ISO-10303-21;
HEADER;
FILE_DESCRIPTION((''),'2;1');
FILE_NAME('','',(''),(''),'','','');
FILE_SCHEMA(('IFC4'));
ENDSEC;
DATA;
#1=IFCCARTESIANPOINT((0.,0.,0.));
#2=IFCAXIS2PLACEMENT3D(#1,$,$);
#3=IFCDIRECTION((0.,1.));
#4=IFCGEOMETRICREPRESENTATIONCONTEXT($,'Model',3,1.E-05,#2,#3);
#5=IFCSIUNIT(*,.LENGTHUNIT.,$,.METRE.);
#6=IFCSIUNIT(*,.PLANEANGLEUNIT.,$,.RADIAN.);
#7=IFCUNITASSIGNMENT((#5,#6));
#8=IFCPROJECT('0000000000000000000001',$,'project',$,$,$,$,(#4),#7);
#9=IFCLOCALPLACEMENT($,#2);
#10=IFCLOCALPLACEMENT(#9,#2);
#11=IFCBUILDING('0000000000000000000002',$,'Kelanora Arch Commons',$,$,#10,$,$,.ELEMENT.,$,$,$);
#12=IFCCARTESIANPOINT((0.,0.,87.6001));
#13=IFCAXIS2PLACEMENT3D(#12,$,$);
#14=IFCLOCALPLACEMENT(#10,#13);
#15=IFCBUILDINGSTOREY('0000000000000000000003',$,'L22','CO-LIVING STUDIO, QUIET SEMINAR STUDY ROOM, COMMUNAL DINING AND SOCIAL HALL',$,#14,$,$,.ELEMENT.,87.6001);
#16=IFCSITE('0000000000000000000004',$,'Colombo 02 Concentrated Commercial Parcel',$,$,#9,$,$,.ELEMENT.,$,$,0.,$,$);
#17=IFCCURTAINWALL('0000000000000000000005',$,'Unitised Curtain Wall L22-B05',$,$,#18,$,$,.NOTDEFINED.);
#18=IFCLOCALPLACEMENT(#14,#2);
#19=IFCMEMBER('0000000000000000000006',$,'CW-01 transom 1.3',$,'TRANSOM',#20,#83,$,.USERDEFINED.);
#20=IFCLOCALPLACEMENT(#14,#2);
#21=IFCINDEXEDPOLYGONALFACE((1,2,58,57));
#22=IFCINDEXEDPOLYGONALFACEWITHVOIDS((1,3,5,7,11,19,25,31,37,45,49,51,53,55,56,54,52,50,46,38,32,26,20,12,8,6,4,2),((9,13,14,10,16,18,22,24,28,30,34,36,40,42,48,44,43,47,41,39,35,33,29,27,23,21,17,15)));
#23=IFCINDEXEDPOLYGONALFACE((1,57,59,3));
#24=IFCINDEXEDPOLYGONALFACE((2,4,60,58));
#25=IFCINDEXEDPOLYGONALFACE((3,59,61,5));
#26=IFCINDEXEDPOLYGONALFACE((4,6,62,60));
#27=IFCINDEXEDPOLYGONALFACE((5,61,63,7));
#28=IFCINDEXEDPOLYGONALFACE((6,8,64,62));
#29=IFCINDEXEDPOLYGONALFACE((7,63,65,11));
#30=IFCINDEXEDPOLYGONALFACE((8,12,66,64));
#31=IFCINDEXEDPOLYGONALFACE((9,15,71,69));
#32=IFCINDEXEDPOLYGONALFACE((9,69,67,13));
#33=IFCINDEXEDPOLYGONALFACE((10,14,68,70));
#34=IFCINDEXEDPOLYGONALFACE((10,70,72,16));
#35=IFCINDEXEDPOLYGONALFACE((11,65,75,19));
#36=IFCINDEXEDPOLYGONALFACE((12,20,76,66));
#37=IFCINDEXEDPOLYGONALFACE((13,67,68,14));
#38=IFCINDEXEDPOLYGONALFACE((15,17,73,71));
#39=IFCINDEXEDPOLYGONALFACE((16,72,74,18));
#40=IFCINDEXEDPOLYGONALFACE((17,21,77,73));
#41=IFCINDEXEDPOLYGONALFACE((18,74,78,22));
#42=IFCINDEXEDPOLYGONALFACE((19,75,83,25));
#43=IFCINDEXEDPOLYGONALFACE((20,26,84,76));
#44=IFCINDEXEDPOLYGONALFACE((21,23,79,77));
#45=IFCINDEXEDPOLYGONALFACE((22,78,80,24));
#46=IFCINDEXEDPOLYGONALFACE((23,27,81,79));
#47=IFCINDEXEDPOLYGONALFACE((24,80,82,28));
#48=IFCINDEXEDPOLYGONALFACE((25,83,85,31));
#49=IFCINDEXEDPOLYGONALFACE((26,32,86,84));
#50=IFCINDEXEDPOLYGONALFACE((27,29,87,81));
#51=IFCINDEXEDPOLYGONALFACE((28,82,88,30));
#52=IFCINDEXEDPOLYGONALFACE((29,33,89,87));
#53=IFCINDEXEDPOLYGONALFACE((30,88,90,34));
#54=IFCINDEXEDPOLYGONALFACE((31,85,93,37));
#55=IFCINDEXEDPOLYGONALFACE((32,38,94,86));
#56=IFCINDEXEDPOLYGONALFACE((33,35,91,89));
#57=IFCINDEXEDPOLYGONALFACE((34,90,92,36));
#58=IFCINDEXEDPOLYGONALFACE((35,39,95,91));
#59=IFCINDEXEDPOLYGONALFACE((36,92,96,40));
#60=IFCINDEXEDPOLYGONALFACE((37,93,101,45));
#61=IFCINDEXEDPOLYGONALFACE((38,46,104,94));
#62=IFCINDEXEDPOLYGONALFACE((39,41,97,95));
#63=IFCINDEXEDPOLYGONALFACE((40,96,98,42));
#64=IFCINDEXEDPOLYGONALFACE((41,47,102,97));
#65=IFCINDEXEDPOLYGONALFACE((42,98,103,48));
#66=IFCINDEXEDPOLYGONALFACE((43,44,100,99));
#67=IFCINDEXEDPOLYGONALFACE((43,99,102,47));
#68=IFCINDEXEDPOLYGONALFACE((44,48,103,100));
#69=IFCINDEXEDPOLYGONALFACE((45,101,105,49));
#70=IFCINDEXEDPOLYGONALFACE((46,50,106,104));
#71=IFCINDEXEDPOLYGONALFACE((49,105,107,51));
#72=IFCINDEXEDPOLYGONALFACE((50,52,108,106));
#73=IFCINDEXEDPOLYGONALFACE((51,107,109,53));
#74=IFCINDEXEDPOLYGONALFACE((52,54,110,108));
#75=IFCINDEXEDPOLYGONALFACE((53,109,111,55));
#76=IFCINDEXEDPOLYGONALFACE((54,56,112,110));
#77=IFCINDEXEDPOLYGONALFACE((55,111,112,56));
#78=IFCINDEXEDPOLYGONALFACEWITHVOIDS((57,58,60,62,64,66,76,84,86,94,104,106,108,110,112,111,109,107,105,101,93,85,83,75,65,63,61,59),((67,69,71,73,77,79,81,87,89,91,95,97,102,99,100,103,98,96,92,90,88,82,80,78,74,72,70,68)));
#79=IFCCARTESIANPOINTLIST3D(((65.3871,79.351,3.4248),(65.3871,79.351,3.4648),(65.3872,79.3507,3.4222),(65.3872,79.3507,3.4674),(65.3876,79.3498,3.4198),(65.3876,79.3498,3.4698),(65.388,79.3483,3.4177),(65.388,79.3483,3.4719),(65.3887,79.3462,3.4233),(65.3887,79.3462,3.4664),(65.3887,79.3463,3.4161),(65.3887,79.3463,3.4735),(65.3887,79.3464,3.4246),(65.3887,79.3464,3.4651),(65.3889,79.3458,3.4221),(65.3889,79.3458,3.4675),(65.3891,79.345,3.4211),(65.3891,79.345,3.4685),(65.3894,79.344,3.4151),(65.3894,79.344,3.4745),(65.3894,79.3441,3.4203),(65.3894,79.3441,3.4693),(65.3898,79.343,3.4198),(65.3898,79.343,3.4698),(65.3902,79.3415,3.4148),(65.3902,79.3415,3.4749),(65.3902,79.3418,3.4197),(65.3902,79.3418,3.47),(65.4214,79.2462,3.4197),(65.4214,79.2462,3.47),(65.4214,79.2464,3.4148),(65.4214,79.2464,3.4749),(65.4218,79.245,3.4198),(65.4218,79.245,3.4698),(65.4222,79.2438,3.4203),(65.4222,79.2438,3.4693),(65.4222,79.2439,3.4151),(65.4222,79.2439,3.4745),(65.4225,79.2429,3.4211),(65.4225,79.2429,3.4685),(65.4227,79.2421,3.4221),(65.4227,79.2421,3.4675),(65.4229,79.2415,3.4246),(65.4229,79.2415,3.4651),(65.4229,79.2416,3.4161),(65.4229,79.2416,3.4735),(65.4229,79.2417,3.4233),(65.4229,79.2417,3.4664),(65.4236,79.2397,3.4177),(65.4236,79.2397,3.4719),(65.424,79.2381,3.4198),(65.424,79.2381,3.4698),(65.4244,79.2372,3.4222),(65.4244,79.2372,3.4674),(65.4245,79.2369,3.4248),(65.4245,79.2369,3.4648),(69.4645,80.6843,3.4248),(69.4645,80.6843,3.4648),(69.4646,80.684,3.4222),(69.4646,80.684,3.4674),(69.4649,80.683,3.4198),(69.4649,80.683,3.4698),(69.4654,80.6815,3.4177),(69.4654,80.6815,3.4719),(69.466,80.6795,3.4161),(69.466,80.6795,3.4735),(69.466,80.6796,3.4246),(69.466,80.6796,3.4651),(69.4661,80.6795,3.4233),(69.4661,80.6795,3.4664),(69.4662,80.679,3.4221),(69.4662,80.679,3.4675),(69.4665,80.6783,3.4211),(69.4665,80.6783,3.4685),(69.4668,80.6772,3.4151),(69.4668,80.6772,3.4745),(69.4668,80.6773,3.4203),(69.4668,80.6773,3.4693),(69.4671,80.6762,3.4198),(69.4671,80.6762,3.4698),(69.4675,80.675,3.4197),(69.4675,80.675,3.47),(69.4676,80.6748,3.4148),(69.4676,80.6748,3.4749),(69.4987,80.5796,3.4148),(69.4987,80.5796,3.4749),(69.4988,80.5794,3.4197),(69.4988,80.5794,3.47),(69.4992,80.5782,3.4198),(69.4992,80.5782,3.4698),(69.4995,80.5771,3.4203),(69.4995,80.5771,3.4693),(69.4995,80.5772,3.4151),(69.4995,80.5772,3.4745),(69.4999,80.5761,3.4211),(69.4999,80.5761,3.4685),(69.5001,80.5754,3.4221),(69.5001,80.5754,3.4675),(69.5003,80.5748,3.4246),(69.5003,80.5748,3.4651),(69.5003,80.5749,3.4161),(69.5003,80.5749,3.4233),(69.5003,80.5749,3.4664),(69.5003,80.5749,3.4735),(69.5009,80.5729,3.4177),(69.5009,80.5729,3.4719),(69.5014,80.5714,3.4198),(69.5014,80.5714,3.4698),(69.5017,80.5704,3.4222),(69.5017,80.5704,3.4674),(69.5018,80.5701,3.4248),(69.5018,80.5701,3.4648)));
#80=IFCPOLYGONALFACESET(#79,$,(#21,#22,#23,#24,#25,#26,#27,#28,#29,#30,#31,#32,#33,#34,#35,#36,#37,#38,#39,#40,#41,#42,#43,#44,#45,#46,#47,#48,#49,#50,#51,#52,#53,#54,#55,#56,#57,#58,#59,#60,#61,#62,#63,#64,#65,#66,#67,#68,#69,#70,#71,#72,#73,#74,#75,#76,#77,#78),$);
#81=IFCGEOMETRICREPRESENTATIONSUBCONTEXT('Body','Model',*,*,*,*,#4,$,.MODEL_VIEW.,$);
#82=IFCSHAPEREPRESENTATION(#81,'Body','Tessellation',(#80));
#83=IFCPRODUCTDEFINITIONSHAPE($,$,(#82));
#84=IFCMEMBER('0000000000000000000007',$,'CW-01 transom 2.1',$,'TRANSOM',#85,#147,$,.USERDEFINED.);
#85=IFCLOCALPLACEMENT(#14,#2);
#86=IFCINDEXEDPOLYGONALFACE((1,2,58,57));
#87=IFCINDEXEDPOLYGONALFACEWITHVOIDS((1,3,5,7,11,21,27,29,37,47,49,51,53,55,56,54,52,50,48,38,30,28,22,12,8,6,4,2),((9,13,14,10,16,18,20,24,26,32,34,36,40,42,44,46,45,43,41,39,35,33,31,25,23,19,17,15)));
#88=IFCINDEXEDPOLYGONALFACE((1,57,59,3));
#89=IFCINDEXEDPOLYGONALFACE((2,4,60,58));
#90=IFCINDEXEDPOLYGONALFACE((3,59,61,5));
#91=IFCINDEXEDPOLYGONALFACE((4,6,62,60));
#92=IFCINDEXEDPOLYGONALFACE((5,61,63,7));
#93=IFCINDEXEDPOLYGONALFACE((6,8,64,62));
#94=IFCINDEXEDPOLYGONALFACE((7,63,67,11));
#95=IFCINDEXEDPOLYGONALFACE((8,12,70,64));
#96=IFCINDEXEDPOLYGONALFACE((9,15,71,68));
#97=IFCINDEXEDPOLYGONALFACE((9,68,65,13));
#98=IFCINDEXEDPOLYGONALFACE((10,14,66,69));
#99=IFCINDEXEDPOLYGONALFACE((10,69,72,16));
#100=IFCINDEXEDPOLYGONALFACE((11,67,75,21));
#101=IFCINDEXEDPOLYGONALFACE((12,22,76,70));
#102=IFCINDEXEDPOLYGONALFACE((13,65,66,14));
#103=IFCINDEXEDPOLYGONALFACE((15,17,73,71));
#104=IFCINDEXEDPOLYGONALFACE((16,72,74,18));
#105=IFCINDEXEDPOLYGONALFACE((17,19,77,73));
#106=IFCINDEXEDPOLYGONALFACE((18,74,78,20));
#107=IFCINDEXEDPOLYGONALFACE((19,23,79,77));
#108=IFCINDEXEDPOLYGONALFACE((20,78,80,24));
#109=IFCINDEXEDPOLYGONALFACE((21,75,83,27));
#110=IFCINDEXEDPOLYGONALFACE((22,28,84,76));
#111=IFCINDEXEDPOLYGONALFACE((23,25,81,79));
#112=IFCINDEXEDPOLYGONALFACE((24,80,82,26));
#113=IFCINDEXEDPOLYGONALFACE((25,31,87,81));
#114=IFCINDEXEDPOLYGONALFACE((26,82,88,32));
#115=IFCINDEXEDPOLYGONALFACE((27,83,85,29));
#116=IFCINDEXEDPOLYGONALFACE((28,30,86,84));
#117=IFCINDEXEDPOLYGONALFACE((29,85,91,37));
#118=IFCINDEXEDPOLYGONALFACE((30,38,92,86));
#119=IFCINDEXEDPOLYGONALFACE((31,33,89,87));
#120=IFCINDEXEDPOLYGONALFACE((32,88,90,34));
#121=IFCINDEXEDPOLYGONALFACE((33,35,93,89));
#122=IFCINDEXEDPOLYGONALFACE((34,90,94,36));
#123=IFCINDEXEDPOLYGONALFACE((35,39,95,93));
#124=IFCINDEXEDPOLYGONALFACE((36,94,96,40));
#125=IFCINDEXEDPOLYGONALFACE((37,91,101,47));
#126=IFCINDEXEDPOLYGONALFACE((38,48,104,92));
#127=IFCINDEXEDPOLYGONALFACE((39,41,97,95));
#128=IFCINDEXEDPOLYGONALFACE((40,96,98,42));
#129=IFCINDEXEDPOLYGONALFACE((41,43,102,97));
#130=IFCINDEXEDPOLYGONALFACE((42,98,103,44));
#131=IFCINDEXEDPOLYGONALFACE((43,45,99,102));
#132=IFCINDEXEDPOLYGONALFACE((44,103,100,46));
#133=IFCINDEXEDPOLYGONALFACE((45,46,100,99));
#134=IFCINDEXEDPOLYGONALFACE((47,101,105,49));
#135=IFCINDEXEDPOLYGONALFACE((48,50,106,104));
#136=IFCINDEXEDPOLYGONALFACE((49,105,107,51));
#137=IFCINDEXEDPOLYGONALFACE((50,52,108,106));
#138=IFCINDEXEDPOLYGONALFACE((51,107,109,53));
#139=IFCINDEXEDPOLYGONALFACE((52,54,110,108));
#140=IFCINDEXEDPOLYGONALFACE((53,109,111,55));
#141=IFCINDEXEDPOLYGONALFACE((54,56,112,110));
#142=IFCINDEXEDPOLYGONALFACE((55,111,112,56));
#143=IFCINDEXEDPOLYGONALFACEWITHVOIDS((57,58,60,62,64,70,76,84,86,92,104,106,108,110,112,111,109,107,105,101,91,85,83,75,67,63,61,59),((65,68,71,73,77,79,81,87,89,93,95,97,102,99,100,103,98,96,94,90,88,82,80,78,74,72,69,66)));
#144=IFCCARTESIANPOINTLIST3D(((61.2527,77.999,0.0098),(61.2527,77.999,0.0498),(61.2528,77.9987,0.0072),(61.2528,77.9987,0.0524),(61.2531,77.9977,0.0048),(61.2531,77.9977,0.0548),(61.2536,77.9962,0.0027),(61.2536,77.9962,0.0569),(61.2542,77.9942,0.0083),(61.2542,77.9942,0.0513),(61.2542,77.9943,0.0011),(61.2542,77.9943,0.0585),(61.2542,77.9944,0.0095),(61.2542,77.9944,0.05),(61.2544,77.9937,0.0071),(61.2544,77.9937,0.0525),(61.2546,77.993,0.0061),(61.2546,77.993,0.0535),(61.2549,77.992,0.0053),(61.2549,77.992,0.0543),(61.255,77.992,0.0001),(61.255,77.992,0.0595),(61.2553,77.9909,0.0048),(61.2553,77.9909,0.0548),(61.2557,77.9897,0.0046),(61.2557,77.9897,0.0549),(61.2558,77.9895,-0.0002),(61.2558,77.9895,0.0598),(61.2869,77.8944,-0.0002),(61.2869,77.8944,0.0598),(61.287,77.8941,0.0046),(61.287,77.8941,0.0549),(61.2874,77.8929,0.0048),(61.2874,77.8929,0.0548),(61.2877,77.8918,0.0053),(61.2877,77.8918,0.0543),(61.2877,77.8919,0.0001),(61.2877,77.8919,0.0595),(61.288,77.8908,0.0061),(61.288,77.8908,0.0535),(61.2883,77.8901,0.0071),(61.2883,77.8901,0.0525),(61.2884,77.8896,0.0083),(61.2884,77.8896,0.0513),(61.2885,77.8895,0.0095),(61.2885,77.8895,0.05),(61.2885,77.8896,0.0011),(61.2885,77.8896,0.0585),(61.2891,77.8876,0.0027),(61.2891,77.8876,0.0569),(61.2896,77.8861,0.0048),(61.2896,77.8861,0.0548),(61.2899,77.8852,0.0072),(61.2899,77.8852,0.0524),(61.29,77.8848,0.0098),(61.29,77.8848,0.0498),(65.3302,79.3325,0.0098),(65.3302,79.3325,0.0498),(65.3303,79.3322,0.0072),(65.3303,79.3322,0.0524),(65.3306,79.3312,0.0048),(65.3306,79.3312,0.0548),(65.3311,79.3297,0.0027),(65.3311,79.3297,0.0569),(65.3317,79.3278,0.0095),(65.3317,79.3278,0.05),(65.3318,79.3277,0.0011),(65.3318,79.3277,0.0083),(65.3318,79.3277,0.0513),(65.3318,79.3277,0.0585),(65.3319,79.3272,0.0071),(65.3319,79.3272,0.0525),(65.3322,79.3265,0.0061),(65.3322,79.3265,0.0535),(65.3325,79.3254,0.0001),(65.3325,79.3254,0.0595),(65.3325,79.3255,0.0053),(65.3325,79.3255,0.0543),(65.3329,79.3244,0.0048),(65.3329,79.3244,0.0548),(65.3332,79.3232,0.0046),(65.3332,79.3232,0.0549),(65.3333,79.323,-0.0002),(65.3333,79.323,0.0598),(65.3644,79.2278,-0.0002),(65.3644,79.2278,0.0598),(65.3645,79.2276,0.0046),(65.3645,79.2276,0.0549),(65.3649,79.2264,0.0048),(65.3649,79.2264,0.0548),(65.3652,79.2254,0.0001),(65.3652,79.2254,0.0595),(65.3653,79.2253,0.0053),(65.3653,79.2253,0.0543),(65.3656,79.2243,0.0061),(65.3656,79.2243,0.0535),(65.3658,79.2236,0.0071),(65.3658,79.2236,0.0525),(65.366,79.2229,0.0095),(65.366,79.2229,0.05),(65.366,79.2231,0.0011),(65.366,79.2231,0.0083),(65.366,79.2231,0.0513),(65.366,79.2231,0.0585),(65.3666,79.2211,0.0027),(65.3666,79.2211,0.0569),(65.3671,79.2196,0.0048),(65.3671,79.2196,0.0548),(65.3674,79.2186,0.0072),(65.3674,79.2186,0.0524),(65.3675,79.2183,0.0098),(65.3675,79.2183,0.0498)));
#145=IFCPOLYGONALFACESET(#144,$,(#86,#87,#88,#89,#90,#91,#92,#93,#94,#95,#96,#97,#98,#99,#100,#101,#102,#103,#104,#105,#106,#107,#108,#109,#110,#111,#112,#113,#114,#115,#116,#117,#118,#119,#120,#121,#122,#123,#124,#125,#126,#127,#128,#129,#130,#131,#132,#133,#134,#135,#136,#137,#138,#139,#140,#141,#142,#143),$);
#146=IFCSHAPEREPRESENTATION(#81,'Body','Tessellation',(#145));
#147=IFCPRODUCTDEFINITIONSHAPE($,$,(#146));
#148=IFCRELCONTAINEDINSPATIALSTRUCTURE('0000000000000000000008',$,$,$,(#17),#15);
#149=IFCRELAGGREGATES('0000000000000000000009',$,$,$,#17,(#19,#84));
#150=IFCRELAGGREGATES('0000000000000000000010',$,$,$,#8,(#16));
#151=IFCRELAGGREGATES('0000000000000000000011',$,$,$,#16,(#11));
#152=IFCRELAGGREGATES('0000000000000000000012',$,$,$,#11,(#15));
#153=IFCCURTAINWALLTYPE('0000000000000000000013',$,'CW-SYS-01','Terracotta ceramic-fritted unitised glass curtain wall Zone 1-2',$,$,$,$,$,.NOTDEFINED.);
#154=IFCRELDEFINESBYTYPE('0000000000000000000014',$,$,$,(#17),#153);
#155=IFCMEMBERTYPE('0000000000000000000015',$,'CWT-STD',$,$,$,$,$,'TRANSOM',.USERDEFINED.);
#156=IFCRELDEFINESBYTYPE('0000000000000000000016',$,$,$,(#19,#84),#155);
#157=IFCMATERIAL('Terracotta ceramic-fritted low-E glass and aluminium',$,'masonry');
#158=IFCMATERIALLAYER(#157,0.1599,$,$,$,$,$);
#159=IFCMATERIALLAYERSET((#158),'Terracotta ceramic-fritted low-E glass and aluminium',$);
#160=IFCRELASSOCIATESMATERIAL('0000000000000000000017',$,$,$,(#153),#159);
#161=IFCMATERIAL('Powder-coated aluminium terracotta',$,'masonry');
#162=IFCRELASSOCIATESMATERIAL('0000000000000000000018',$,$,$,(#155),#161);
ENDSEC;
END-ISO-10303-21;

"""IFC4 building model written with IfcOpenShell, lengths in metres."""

from ifc_helpers import new_model, si_unit, direction, frame, origin, origin_2d, place, context, subcontext, project, spatial, hollow_rectangle, extrude, material, layer, layer_set, material_profile, profile_set, type_object, element, aggregate, save


model = new_model("IFC4")

# Units and contexts
model_context = context("Model", 3, precision=1e-05, world=origin(), true_north=direction((0.0, 1.0)))
body_context = subcontext(model_context, "Body", "Model", "MODEL_VIEW")
ifc_project = project(units=[si_unit("LENGTHUNIT", "METRE"), si_unit("PLANEANGLEUNIT", "RADIAN")], contexts=[model_context])

# Site, building, storey
site_placement = place(None, origin())
site = spatial("IfcSite", under=ifc_project, at=site_placement, Name="Colombo 02 Concentrated Commercial Parcel", CompositionType="ELEMENT", RefElevation=0.0)
building_placement = place(site_placement, origin())
building = spatial("IfcBuilding", under=site, at=building_placement, Name="Kelanora Arch Commons", CompositionType="ELEMENT")
storey_placement = place(building_placement, frame((0.0, 0.0, 87.6001)))
storey = spatial("IfcBuildingStorey", under=building, at=storey_placement, Name="L22", Description="CO-LIVING STUDIO, QUIET SEMINAR STUDY ROOM, COMMUNAL DINING AND SOCIAL HALL", CompositionType="ELEMENT", Elevation=87.6001)

# Curtain wall, members
ifc_material_1 = material(Name="Terracotta ceramic-fritted low-E glass and aluminium", Category="masonry")
ifc_layer_1 = layer(ifc_material_1, 0.1599)
ifc_layer_set_1 = layer_set([ifc_layer_1], Name="Terracotta ceramic-fritted low-E glass and aluminium")
curtain_wall_type = type_object("IfcCurtainWallType", Name="CW-SYS-01", Description="Terracotta ceramic-fritted unitised glass curtain wall Zone 1-2", PredefinedType="NOTDEFINED", material=ifc_layer_set_1)
curtain_wall_placement = place(storey_placement, origin())
curtain_wall = element("IfcCurtainWall", 1, at=curtain_wall_placement, inside=storey, type_object=curtain_wall_type, Name="Unitised Curtain Wall L22-B05", PredefinedType="NOTDEFINED")
ifc_material_2 = material(Name="Powder-coated aluminium terracotta", Category="masonry")
ifc_material_profile_1 = material_profile(ifc_material_2, hollow_rectangle(XDim=0.1201, YDim=0.0601, WallThickness=0.0049, InnerFilletRadius=0.0049, OuterFilletRadius=0.01, at=origin_2d()), Name="CWT120x60")
ifc_profile_set_1 = profile_set([ifc_material_profile_1], Name="Powder-coated aluminium terracotta")
member_type_1 = type_object("IfcMemberType", Name="CWT-STD", ElementType="TRANSOM", PredefinedType="USERDEFINED", material=ifc_profile_set_1)
member_1_placement = place(storey_placement, frame((69.4832, 80.6272, 3.4448), z_axis=(-0.950478, -0.310793, 0.0), x_axis=(0.310793, -0.950478, 0.0)))
member_1 = element("IfcMember", 2, at=member_1_placement, type_object=member_type_1, Name="CW-01 transom 1.3", ObjectType="TRANSOM", PredefinedType="USERDEFINED", context=body_context, shape_type="SweptSolid", body=[
    extrude(hollow_rectangle(XDim=0.1201, YDim=0.0601, WallThickness=0.0049, InnerFilletRadius=0.0049, OuterFilletRadius=0.01, at=origin_2d()), origin(), (0.0, 0.0, 1.0), 4.2898),
])
member_2_placement = place(storey_placement, frame((65.3489, 79.2754, 0.0298), z_axis=(-0.950466, -0.310828, 0.0), x_axis=(0.310828, -0.950466, 0.0)))
member_2 = element("IfcMember", 3, at=member_2_placement, type_object=member_type_1, Name="CW-01 transom 2.1", ObjectType="TRANSOM", PredefinedType="USERDEFINED", context=body_context, shape_type="SweptSolid", body=[
    extrude(hollow_rectangle(XDim=0.1201, YDim=0.0601, WallThickness=0.0049, InnerFilletRadius=0.0049, OuterFilletRadius=0.01, at=origin_2d()), origin(), (0.0, 0.0, 1.0), 4.29),
])
aggregate(curtain_wall, [member_1, member_2])

save(model, "model.ifc")
